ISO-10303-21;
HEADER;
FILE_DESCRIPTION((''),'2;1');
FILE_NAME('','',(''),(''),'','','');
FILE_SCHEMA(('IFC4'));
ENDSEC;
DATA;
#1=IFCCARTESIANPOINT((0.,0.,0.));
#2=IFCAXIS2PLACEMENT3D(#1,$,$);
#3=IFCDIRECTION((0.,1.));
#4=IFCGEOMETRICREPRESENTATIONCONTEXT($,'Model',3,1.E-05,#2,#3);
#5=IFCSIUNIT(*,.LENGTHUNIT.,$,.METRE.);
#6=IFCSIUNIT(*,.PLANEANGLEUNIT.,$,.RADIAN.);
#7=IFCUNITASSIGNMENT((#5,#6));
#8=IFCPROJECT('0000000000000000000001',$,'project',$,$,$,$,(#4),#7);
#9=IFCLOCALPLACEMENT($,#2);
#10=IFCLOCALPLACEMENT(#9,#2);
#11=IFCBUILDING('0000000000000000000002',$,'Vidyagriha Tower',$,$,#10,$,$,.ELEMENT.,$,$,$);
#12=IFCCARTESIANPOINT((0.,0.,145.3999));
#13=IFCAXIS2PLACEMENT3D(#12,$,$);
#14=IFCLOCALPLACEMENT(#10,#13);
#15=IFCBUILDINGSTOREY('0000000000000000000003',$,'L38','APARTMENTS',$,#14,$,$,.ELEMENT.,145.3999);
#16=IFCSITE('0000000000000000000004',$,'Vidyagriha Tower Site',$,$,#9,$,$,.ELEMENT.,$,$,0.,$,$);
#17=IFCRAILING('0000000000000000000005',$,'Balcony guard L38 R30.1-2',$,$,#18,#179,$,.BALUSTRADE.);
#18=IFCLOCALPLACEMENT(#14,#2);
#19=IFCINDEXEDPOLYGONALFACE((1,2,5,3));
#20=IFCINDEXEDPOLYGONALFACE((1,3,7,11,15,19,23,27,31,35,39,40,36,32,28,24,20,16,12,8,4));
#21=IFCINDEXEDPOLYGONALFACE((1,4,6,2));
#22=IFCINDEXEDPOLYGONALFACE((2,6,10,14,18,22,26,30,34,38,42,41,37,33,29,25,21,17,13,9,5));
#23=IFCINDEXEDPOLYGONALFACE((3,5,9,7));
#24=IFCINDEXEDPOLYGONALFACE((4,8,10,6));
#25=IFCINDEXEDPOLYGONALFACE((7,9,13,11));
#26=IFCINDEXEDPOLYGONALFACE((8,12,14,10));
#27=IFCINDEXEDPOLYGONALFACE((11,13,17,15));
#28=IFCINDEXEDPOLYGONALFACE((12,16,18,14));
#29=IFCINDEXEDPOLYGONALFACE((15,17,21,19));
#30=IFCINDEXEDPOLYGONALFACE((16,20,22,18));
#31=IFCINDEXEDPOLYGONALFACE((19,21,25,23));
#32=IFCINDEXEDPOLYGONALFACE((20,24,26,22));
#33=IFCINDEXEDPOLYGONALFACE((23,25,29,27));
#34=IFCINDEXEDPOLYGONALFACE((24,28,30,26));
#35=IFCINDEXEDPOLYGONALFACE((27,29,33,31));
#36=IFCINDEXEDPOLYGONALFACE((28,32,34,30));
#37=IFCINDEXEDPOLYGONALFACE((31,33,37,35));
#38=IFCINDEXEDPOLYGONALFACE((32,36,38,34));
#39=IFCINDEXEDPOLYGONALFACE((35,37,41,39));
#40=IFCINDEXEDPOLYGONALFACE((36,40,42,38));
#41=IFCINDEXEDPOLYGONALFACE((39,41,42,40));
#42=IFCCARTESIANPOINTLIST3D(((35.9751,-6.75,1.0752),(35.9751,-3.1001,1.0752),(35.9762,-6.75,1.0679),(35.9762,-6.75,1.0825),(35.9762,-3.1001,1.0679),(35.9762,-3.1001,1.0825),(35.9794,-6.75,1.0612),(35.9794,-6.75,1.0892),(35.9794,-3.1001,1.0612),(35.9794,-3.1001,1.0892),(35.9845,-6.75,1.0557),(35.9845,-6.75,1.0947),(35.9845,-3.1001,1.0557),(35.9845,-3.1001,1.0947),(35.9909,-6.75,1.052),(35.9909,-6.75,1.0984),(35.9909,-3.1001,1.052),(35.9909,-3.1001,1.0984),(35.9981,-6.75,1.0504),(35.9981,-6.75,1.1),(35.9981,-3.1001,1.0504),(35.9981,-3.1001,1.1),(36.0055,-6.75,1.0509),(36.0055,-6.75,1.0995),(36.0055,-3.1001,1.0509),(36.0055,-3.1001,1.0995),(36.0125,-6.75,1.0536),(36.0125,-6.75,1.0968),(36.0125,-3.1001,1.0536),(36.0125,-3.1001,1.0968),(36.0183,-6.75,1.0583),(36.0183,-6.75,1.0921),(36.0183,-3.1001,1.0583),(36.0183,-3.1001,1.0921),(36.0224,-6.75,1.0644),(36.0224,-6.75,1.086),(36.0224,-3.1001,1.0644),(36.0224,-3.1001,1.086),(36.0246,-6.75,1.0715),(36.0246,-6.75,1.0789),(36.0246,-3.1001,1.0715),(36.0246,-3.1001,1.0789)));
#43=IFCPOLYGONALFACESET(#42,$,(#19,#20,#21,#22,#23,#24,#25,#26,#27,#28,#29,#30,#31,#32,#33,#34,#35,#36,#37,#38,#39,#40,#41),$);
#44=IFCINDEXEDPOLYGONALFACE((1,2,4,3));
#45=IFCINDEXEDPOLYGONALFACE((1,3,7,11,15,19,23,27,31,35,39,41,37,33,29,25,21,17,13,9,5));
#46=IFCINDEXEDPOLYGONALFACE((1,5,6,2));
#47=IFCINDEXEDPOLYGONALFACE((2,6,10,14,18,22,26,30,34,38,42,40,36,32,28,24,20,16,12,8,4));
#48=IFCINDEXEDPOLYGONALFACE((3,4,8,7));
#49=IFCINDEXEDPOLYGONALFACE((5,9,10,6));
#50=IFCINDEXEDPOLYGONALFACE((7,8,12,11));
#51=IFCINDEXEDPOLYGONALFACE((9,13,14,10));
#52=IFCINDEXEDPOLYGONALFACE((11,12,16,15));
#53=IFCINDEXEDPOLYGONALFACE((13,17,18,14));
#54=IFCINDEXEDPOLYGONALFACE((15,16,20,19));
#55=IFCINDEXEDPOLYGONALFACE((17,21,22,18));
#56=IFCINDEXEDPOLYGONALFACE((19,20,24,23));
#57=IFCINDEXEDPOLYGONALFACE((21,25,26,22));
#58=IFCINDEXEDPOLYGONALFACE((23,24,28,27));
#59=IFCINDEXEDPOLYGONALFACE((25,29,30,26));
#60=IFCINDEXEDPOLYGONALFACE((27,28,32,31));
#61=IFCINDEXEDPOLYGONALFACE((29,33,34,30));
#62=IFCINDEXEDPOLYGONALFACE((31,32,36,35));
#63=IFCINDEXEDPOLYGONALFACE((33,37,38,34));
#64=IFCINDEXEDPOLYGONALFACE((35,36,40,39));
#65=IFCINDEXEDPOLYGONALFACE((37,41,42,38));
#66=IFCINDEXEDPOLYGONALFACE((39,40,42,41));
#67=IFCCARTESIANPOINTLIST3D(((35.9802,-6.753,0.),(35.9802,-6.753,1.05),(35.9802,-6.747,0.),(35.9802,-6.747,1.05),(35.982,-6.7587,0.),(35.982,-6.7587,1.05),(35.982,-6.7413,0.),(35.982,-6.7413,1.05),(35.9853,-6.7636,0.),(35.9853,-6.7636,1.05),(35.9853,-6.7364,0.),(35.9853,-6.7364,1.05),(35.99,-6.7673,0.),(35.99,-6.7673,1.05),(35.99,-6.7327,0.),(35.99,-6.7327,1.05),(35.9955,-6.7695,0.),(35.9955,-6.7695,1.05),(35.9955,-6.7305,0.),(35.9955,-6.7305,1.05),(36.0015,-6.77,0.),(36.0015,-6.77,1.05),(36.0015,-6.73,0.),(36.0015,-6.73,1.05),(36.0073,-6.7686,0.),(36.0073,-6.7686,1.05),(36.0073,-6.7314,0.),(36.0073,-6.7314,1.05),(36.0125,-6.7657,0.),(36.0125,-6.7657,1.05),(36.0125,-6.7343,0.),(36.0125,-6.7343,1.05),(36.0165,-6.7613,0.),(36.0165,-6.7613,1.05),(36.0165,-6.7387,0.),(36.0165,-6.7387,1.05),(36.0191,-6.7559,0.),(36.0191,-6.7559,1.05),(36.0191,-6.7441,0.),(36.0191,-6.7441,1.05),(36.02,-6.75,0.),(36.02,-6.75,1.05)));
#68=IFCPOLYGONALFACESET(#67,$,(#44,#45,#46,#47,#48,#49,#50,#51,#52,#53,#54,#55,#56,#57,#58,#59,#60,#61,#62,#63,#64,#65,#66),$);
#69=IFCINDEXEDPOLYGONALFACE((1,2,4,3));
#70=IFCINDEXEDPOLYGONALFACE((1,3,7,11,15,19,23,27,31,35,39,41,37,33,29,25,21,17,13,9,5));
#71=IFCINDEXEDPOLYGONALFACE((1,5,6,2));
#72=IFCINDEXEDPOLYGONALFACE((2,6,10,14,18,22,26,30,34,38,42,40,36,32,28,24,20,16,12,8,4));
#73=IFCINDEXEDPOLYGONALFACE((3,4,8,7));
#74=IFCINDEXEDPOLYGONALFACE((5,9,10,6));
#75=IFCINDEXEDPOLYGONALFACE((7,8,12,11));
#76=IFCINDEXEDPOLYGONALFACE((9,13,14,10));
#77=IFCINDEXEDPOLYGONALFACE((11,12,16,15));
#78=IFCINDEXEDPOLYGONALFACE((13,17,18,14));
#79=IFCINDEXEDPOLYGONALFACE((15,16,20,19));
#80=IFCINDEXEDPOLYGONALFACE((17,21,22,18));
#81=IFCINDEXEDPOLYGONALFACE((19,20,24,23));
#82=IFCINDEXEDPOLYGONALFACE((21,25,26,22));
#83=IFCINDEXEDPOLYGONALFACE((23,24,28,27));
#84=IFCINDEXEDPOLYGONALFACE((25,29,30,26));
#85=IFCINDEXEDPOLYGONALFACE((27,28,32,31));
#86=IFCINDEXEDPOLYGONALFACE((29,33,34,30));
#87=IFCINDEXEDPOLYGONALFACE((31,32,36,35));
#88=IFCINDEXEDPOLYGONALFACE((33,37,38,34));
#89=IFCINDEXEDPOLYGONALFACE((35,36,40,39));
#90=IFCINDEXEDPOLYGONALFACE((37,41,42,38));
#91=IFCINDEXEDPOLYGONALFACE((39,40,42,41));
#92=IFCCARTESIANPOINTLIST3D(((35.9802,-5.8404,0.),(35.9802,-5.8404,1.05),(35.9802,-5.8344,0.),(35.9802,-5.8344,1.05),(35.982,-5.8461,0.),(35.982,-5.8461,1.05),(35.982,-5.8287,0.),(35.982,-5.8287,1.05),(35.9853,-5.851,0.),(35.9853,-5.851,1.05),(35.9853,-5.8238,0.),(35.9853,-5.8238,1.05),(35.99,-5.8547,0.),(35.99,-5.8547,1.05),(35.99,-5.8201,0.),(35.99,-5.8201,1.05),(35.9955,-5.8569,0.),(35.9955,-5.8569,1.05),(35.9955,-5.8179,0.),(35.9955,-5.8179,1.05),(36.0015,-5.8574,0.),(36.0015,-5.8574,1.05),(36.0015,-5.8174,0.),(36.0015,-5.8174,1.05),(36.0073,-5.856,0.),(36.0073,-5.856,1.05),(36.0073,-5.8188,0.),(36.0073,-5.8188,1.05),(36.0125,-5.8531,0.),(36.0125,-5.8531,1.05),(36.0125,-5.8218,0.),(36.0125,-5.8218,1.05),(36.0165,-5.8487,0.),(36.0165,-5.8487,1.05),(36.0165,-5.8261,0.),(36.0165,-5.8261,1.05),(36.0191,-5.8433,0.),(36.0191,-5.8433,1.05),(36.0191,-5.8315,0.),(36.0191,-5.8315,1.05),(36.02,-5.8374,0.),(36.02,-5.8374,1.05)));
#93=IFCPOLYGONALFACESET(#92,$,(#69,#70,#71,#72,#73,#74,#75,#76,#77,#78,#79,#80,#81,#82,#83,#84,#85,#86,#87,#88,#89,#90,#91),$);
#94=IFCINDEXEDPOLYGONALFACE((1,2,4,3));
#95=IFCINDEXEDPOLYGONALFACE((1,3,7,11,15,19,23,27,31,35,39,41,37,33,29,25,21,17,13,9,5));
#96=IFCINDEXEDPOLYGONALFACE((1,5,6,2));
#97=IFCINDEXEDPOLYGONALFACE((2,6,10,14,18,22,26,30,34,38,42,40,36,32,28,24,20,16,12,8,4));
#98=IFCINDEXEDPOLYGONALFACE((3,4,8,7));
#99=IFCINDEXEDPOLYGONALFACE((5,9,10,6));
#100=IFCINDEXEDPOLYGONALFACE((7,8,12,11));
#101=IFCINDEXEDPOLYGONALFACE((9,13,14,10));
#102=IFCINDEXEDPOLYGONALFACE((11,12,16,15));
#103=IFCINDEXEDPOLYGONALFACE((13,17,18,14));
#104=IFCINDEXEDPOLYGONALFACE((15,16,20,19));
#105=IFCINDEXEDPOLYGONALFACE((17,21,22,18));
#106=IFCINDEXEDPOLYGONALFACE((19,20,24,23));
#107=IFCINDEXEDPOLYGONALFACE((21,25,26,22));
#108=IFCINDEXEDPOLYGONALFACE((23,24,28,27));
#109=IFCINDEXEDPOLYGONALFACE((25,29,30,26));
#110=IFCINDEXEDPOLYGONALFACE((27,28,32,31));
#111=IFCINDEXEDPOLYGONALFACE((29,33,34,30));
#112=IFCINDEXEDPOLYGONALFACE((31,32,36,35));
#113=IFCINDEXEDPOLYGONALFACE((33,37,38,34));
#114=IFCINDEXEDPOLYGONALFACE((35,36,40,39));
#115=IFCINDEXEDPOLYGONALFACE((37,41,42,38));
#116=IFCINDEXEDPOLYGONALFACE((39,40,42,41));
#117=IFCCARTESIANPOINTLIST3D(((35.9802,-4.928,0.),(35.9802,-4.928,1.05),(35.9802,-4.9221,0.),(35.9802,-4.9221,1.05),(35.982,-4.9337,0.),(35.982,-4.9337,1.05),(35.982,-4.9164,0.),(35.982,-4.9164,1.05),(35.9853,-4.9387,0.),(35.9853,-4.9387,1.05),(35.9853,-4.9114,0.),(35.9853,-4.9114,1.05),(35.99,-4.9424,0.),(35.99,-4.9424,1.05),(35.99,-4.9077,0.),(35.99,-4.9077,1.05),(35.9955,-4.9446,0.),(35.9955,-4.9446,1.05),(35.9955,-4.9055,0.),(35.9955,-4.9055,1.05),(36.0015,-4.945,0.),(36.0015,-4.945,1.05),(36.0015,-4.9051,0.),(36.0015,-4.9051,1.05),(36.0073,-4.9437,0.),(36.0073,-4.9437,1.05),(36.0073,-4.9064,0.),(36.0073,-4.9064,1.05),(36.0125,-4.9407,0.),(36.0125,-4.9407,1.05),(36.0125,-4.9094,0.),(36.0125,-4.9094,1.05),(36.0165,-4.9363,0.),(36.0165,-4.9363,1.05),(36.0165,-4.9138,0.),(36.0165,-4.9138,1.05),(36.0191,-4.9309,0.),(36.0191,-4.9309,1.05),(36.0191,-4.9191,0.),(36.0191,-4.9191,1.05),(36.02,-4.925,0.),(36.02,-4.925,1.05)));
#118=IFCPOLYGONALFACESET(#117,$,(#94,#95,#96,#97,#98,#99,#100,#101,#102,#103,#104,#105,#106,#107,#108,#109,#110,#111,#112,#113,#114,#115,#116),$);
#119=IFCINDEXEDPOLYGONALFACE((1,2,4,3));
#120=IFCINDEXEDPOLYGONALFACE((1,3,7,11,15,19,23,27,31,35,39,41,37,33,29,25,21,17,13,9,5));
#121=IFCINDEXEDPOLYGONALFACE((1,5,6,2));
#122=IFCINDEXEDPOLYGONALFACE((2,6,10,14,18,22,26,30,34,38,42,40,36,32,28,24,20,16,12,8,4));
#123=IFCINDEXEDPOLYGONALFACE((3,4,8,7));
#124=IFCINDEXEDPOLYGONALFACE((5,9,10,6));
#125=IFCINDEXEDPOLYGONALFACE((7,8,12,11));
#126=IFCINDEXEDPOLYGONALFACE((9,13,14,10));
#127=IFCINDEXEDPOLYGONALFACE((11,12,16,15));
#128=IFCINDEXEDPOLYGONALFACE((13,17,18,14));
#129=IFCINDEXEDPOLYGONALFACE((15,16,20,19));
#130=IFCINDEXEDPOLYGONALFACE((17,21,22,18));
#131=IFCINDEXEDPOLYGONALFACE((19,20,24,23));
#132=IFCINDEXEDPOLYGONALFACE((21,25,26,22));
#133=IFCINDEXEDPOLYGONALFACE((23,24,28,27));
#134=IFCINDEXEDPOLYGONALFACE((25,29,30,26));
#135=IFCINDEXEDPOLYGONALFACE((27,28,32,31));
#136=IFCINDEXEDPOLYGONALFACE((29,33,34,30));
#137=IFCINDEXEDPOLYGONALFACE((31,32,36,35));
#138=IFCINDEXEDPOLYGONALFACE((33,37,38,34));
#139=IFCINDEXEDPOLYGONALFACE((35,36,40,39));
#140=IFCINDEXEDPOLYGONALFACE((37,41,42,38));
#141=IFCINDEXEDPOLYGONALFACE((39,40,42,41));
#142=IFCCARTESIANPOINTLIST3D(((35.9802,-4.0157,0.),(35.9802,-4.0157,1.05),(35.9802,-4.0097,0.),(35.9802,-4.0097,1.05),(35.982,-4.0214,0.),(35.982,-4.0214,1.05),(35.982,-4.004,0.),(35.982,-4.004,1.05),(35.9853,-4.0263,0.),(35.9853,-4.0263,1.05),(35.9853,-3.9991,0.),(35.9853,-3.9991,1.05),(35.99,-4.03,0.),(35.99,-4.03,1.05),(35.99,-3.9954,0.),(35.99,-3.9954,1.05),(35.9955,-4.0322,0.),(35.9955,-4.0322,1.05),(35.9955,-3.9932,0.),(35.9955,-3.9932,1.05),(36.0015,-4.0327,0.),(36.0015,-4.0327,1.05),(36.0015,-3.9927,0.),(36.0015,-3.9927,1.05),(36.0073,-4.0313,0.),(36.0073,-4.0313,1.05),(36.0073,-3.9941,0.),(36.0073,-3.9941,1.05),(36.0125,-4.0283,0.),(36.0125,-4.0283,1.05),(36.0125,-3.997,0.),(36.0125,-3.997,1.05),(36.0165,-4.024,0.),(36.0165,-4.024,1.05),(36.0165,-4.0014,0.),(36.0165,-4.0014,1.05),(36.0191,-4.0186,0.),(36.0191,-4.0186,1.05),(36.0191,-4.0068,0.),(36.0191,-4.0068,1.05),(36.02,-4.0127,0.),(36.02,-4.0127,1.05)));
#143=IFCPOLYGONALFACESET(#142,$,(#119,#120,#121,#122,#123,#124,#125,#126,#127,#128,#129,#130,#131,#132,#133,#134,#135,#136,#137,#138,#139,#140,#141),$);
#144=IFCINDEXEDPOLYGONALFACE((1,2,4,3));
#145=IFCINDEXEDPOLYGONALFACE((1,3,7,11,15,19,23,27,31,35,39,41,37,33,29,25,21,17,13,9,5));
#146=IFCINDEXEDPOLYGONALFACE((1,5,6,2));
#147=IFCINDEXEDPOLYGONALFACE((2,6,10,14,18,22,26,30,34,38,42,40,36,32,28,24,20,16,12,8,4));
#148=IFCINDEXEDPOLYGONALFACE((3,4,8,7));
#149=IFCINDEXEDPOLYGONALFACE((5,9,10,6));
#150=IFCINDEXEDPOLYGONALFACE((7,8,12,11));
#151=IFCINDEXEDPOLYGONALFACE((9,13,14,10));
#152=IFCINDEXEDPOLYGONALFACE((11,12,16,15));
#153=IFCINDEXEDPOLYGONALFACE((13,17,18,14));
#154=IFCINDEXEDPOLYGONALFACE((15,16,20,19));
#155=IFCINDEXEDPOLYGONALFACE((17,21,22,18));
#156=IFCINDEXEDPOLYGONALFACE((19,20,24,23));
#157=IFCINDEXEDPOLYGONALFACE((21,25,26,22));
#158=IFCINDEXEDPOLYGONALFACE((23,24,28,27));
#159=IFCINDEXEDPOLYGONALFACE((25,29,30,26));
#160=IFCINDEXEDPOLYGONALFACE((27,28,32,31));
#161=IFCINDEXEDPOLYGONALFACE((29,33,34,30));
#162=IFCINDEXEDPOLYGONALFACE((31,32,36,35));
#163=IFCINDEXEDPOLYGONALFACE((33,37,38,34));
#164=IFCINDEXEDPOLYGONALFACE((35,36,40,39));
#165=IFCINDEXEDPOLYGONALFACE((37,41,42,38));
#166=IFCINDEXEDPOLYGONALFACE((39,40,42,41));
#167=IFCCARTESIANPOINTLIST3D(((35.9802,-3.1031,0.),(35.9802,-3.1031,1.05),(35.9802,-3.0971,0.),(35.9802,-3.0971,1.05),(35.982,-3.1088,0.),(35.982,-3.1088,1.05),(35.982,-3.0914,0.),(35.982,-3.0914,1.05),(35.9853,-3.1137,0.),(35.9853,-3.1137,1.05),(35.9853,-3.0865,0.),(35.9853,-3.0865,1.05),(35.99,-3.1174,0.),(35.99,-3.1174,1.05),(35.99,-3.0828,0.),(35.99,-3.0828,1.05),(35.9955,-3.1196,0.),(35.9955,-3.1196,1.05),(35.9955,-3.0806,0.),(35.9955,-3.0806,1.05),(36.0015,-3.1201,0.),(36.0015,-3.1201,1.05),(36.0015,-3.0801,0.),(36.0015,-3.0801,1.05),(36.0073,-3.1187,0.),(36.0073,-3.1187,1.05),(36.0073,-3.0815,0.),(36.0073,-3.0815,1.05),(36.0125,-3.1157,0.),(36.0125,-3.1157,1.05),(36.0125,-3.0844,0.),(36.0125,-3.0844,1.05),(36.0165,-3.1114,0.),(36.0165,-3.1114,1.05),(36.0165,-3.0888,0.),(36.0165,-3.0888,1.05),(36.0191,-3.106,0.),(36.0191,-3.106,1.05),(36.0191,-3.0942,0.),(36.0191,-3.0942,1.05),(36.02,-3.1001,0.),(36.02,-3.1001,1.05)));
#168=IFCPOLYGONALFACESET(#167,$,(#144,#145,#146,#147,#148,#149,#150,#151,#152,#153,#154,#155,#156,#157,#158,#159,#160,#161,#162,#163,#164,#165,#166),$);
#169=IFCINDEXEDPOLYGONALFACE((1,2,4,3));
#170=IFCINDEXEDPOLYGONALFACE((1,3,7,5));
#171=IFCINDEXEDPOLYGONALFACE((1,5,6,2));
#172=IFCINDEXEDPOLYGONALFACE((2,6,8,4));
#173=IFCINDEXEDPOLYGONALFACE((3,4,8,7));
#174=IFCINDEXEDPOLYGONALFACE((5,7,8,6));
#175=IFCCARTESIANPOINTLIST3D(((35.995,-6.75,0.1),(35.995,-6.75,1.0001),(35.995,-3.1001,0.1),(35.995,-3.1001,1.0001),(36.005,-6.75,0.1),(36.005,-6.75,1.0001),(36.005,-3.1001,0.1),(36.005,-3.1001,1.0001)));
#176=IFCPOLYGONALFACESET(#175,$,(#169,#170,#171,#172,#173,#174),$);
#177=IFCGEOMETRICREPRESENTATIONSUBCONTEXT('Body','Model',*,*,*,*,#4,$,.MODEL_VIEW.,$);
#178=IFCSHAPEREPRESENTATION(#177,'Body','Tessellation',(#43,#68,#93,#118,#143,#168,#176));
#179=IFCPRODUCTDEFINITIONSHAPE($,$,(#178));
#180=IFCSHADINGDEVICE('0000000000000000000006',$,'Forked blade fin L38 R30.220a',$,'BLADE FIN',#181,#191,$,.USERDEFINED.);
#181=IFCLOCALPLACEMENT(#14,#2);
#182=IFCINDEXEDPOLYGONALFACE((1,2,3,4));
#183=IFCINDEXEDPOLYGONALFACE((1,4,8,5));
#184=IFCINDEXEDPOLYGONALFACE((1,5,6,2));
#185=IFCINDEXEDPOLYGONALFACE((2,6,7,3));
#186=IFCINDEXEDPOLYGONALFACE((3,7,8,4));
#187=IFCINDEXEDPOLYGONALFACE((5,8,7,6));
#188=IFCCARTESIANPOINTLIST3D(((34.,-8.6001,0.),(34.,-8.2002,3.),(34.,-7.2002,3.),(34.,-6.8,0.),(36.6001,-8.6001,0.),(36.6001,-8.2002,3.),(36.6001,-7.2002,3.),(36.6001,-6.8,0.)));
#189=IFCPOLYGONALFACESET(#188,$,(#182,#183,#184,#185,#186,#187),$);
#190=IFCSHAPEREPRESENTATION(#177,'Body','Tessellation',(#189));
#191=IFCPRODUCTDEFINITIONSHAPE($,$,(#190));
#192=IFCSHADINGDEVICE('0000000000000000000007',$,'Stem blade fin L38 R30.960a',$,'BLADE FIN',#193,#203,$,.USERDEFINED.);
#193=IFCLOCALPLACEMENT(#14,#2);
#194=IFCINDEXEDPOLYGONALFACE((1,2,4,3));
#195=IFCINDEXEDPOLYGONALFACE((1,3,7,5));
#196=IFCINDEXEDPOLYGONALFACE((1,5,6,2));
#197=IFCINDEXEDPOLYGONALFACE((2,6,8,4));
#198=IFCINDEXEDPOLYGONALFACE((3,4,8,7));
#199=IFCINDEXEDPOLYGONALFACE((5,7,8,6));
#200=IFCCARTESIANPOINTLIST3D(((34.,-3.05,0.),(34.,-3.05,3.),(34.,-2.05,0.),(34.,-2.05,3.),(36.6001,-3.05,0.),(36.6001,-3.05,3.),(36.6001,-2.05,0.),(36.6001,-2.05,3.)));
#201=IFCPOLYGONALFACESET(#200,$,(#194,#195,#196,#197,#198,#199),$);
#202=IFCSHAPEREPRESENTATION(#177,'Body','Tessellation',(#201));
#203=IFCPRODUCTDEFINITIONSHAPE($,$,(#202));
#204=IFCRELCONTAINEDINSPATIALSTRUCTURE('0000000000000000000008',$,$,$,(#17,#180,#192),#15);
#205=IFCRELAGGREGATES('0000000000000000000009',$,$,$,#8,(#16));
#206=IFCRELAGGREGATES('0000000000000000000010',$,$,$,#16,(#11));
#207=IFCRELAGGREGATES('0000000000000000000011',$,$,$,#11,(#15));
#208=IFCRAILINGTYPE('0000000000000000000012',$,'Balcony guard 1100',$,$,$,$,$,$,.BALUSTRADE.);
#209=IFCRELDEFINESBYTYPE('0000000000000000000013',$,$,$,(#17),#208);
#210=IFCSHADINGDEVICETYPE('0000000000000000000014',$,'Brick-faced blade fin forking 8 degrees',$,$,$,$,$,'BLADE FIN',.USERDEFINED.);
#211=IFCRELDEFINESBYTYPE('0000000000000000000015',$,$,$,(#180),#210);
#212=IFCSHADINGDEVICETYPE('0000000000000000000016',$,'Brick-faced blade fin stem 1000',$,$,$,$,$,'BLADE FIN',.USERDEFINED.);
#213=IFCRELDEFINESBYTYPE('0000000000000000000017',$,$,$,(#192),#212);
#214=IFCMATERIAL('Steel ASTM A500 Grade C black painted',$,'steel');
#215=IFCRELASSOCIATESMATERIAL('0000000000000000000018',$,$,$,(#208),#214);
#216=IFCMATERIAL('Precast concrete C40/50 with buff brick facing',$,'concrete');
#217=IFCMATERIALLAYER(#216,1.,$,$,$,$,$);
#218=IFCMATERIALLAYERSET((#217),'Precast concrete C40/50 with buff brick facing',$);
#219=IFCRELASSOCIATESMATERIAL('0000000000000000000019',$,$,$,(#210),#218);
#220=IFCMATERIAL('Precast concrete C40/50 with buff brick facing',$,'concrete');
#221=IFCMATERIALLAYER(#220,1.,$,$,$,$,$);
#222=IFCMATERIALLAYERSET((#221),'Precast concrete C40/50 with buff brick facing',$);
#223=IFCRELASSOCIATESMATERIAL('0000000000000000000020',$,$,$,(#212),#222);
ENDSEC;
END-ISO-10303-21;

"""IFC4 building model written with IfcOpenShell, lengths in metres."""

from ifc_helpers import new_model, si_unit, direction, frame, origin, origin_2d, place, context, subcontext, project, spatial, polyline, rectangle, circle, outline, extrude, material, layer, layer_set, type_object, element, save


model = new_model("IFC4")

# Units and contexts
model_context = context("Model", 3, precision=1e-05, world=origin(), true_north=direction((0.0, 1.0)))
body_context = subcontext(model_context, "Body", "Model", "MODEL_VIEW")
ifc_project = project(units=[si_unit("LENGTHUNIT", "METRE"), si_unit("PLANEANGLEUNIT", "RADIAN")], contexts=[model_context])

# Site, building, storey
site_placement = place(None, origin())
site = spatial("IfcSite", under=ifc_project, at=site_placement, Name="Vidyagriha Tower Site", CompositionType="ELEMENT", RefElevation=0.0)
building_placement = place(site_placement, origin())
building = spatial("IfcBuilding", under=site, at=building_placement, Name="Vidyagriha Tower", CompositionType="ELEMENT")
storey_placement = place(building_placement, frame((0.0, 0.0, 145.3999)))
storey = spatial("IfcBuildingStorey", under=building, at=storey_placement, Name="L38", Description="APARTMENTS", CompositionType="ELEMENT", Elevation=145.3999)

# Railing
ifc_material_1 = material(Name="Steel ASTM A500 Grade C black painted", Category="steel")
railing_type_1 = type_object("IfcRailingType", Name="Balcony guard 1100", PredefinedType="BALUSTRADE", material=ifc_material_1)
railing_1_placement = place(storey_placement, frame((36.0, -6.75, 0.0)))
element("IfcRailing", 1, at=railing_1_placement, inside=storey, type_object=railing_type_1, Name="Balcony guard L38 R30.1-2", PredefinedType="BALUSTRADE", context=body_context, shape_type="SweptSolid", body=[
    extrude(circle(Radius=0.0249, at=origin_2d()), frame((0.0, 0.0, 1.0752), z_axis=(0.0, 1.0, 0.0), x_axis=(-1.0, 0.0, 0.0)), (0.0, 0.0, 1.0), 3.6499),
    extrude(circle(Radius=0.02, at=origin_2d()), origin(), (0.0, 0.0, 1.0), 1.05),
    extrude(circle(Radius=0.02, at=origin_2d()), frame((0.0, 0.9126, 0.0)), (0.0, 0.0, 1.0), 1.05),
    extrude(circle(Radius=0.02, at=origin_2d()), frame((0.0, 1.825, 0.0)), (0.0, 0.0, 1.0), 1.05),
    extrude(circle(Radius=0.02, at=origin_2d()), frame((0.0, 2.7373, 0.0)), (0.0, 0.0, 1.0), 1.05),
    extrude(circle(Radius=0.02, at=origin_2d()), frame((0.0, 3.6499, 0.0)), (0.0, 0.0, 1.0), 1.05),
    extrude(rectangle(XDim=0.01, YDim=0.9001, at=origin_2d()), frame((0.0, 0.0, 0.55), z_axis=(0.0, 1.0, 0.0), x_axis=(-1.0, 0.0, 0.0)), (0.0, 0.0, 1.0), 3.6499),
])

# Shading devices
ifc_material_2 = material(Name="Precast concrete C40/50 with buff brick facing", Category="concrete")
ifc_layer_1 = layer(ifc_material_2, 1.0)
ifc_layer_set_1 = layer_set([ifc_layer_1], Name="Precast concrete C40/50 with buff brick facing")
shading_device_type_1 = type_object("IfcShadingDeviceType", Name="Brick-faced blade fin forking 8 degrees", ElementType="BLADE FIN", PredefinedType="USERDEFINED", material=ifc_layer_set_1)
shading_device_1_placement = place(storey_placement, frame((35.3, -8.6001, 0.0), z_axis=(0.0, 0.0, 1.0), x_axis=(0.0, 1.0, 0.0)))
element("IfcShadingDevice", 2, at=shading_device_1_placement, inside=storey, type_object=shading_device_type_1, Name="Forked blade fin L38 R30.220a", ObjectType="BLADE FIN", PredefinedType="USERDEFINED", context=body_context, shape_type="SweptSolid", body=[
    extrude(outline(polyline([(0.0, 0.0), (1.8, 0.0), (1.3999, 3.0), (0.3999, 3.0), (0.0, 0.0)])), frame((0.0, 1.3, 0.0), z_axis=(0.0, -1.0, 0.0), x_axis=(1.0, 0.0, 0.0)), (0.0, 0.0, 1.0), 2.6001),
])
ifc_material_3 = material(Name="Precast concrete C40/50 with buff brick facing", Category="concrete")
ifc_layer_2 = layer(ifc_material_3, 1.0)
ifc_layer_set_2 = layer_set([ifc_layer_2], Name="Precast concrete C40/50 with buff brick facing")
shading_device_type_2 = type_object("IfcShadingDeviceType", Name="Brick-faced blade fin stem 1000", ElementType="BLADE FIN", PredefinedType="USERDEFINED", material=ifc_layer_set_2)
shading_device_2_placement = place(storey_placement, frame((35.3, -3.05, 0.0), z_axis=(0.0, 0.0, 1.0), x_axis=(0.0, 1.0, 0.0)))
element("IfcShadingDevice", 3, at=shading_device_2_placement, inside=storey, type_object=shading_device_type_2, Name="Stem blade fin L38 R30.960a", ObjectType="BLADE FIN", PredefinedType="USERDEFINED", context=body_context, shape_type="SweptSolid", body=[
    extrude(outline(polyline([(0.0, 0.0), (1.0, 0.0), (1.0, 3.0), (0.0, 3.0), (0.0, 0.0)])), frame((0.0, 1.3, 0.0), z_axis=(0.0, -1.0, 0.0), x_axis=(1.0, 0.0, 0.0)), (0.0, 0.0, 1.0), 2.6001),
])

save(model, "model.ifc")
